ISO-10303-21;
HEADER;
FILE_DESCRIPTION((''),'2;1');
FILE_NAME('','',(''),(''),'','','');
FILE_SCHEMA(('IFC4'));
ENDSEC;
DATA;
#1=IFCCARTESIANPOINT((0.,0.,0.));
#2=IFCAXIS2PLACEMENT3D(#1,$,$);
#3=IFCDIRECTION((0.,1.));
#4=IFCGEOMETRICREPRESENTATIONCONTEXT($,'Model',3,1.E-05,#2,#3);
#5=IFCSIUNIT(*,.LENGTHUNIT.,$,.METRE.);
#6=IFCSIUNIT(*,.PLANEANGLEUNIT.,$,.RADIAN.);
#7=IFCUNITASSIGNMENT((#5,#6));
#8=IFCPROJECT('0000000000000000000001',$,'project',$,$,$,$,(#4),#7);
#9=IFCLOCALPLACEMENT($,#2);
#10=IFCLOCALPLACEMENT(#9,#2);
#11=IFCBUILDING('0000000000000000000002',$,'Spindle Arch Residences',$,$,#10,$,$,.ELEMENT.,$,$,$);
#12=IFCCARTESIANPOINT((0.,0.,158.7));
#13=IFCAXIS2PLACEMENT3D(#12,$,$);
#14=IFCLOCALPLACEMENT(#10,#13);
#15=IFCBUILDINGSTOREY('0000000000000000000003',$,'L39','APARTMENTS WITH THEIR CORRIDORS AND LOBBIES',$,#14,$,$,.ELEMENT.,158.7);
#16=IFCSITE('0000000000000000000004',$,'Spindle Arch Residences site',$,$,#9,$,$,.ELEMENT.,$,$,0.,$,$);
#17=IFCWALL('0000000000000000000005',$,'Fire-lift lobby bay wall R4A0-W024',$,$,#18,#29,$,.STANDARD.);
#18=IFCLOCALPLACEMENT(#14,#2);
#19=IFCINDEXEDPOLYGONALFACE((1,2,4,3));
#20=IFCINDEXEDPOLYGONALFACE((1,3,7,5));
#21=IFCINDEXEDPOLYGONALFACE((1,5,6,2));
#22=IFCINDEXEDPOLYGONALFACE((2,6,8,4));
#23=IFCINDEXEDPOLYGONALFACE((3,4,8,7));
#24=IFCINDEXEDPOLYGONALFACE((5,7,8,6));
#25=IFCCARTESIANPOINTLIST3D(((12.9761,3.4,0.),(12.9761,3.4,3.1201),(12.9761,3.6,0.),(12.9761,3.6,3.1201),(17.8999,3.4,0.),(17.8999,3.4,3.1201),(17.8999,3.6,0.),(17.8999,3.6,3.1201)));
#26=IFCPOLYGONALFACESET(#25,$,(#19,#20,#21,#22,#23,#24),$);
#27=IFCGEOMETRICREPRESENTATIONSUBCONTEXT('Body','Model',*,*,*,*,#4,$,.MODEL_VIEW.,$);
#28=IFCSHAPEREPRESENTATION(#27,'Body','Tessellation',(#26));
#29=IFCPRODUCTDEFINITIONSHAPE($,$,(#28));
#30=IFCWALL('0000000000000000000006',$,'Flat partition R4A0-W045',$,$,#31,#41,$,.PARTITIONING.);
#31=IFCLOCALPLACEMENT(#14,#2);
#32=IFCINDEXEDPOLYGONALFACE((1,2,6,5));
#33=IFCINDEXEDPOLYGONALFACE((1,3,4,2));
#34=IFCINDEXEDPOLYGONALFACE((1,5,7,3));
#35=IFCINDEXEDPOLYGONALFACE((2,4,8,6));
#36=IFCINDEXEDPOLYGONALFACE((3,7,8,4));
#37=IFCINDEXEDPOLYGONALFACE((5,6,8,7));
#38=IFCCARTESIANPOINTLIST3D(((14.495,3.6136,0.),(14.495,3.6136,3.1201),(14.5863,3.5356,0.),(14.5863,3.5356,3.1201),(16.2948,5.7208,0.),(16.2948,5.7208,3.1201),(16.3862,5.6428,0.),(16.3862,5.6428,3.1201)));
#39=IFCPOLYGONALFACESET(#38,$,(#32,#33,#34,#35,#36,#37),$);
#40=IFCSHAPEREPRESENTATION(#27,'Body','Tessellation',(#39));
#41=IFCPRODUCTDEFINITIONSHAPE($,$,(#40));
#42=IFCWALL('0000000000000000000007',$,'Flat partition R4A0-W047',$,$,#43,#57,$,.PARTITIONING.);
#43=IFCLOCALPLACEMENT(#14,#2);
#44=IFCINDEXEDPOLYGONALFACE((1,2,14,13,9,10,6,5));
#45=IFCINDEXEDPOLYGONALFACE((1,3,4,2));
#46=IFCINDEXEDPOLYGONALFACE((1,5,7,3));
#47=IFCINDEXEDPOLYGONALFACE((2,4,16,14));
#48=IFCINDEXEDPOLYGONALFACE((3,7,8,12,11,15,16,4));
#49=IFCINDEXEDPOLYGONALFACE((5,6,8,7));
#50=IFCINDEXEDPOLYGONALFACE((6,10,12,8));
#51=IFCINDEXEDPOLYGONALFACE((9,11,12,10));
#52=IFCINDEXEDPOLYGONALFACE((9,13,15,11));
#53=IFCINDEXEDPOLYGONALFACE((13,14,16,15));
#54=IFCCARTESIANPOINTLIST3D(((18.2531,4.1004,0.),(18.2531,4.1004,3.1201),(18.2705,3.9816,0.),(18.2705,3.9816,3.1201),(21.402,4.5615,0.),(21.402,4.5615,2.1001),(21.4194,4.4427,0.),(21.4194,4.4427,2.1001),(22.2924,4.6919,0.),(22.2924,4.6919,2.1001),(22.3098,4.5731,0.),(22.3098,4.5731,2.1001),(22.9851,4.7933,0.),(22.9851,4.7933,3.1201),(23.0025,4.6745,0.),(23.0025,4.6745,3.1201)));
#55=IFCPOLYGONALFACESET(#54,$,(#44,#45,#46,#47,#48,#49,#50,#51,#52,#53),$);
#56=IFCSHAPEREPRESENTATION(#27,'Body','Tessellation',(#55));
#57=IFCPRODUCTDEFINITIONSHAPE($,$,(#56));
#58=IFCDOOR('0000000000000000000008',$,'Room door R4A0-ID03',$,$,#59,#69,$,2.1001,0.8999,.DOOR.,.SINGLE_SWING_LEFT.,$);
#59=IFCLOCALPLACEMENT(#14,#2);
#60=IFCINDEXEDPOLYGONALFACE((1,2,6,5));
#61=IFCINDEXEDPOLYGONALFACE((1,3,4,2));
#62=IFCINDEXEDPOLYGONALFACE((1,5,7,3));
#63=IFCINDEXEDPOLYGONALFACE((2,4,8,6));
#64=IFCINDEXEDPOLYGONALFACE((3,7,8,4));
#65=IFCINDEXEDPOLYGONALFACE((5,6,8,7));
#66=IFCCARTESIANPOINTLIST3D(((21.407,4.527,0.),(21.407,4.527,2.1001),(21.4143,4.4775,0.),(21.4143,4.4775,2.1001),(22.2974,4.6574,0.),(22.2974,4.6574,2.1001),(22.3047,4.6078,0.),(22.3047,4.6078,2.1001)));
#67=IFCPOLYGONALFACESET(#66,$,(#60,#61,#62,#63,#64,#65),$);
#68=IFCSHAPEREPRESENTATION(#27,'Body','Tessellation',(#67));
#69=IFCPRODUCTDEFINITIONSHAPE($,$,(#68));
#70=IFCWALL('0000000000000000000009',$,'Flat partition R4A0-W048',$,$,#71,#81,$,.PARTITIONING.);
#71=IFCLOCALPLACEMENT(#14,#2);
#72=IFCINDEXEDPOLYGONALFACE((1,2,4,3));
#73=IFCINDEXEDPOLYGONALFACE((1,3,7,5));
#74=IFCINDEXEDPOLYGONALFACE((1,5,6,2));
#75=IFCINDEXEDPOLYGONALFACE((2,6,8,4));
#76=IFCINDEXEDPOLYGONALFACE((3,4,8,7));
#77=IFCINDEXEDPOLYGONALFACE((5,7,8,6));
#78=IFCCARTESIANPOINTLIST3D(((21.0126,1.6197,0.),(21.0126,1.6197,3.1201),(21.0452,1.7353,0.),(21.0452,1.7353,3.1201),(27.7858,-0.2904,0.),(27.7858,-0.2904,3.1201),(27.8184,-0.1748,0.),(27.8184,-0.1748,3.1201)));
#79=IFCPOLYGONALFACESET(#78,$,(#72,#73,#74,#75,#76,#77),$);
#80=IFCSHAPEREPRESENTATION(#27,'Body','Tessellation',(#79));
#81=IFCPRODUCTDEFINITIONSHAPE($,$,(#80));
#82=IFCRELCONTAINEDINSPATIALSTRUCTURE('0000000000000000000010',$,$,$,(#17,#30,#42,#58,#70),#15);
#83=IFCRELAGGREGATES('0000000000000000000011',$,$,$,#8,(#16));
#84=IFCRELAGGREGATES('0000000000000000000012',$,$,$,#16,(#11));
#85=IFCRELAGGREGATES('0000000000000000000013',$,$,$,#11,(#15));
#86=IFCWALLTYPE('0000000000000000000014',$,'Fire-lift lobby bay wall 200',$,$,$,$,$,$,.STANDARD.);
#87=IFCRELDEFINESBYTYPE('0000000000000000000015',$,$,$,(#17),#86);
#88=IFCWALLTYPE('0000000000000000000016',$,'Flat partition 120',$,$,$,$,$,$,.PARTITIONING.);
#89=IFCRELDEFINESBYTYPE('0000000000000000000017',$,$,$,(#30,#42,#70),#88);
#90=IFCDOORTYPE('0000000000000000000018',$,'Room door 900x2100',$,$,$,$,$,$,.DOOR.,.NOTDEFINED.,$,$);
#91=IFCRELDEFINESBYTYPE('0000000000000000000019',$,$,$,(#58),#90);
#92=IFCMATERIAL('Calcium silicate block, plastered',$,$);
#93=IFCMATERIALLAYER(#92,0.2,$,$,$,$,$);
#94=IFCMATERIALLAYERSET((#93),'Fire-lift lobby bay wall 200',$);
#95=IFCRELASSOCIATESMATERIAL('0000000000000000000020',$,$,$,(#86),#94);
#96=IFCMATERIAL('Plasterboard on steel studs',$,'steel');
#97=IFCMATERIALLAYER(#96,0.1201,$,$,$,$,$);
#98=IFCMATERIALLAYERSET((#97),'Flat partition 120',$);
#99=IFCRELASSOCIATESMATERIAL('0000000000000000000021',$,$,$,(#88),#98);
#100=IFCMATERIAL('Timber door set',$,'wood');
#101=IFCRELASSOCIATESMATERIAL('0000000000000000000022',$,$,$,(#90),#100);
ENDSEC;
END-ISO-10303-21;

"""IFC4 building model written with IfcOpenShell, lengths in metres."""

from ifc_helpers import new_model, si_unit, direction, frame, frame_2d, origin, place, context, subcontext, project, spatial, rectangle, extrude, material, layer, layer_set, type_object, element, fill, save


model = new_model("IFC4")

# Units and contexts
model_context = context("Model", 3, precision=1e-05, world=origin(), true_north=direction((0.0, 1.0)))
body_context = subcontext(model_context, "Body", "Model", "MODEL_VIEW")
ifc_project = project(units=[si_unit("LENGTHUNIT", "METRE"), si_unit("PLANEANGLEUNIT", "RADIAN")], contexts=[model_context])

# Site, building, storey
site_placement = place(None, origin())
site = spatial("IfcSite", under=ifc_project, at=site_placement, Name="Spindle Arch Residences site", CompositionType="ELEMENT", RefElevation=0.0)
building_placement = place(site_placement, origin())
building = spatial("IfcBuilding", under=site, at=building_placement, Name="Spindle Arch Residences", CompositionType="ELEMENT")
storey_placement = place(building_placement, frame((0.0, 0.0, 158.7)))
storey = spatial("IfcBuildingStorey", under=building, at=storey_placement, Name="L39", Description="APARTMENTS WITH THEIR CORRIDORS AND LOBBIES", CompositionType="ELEMENT", Elevation=158.7)

# Walls
ifc_material_1 = material(Name="Calcium silicate block, plastered")
ifc_layer_1 = layer(ifc_material_1, 0.2)
ifc_layer_set_1 = layer_set([ifc_layer_1], Name="Fire-lift lobby bay wall 200")
wall_type_1 = type_object("IfcWallType", Name="Fire-lift lobby bay wall 200", PredefinedType="STANDARD", material=ifc_layer_set_1)
wall_1_placement = place(storey_placement, frame((17.8999, 3.5, 0.0), z_axis=(0.0, 0.0, 1.0), x_axis=(-1.0, 0.0, 0.0)))
element("IfcWall", 1, at=wall_1_placement, inside=storey, type_object=wall_type_1, Name="Fire-lift lobby bay wall R4A0-W024", PredefinedType="STANDARD", context=body_context, shape_type="SweptSolid", body=[
    extrude(rectangle(XDim=4.9238, YDim=0.2, at=frame_2d((2.4619, 0.0))), origin(), (0.0, 0.0, 1.0), 3.1201),
])
ifc_material_2 = material(Name="Plasterboard on steel studs", Category="steel")
ifc_layer_2 = layer(ifc_material_2, 0.1201)
ifc_layer_set_2 = layer_set([ifc_layer_2], Name="Flat partition 120")
wall_type_2 = type_object("IfcWallType", Name="Flat partition 120", PredefinedType="PARTITIONING", material=ifc_layer_set_2)
wall_2_placement = place(storey_placement, frame((16.3406, 5.6819, 0.0), z_axis=(0.0, 0.0, 1.0), x_axis=(-0.64947, -0.760387, 0.0)))
element("IfcWall", 2, at=wall_2_placement, inside=storey, type_object=wall_type_2, Name="Flat partition R4A0-W045", PredefinedType="PARTITIONING", context=body_context, shape_type="SweptSolid", body=[
    extrude(rectangle(XDim=2.7712, YDim=0.1201, at=frame_2d((1.3857, 0.0))), origin(), (0.0, 0.0, 1.0), 3.1201),
])

# Wall, opening, door
wall_3_placement = place(storey_placement, frame((22.9937, 4.7339, 0.0), z_axis=(0.0, 0.0, 1.0), x_axis=(-0.989449, -0.14488, 0.0)))
wall_3 = element("IfcWall", 3, at=wall_3_placement, inside=storey, type_object=wall_type_2, Name="Flat partition R4A0-W047", PredefinedType="PARTITIONING", context=body_context, shape_type="SweptSolid", body=[
    extrude(rectangle(XDim=4.7825, YDim=0.1201, at=frame_2d((2.3911, 0.0))), origin(), (0.0, 0.0, 1.0), 3.1201),
])
opening_placement = place(wall_3_placement, frame((0.7, 0.0, 0.0)))
opening = element("IfcOpeningElement", 4, at=opening_placement, cuts=wall_3, PredefinedType="OPENING", context=body_context, shape_type="SweptSolid", body=[
    extrude(rectangle(XDim=0.8999, YDim=2.1001, at=frame_2d((0.45, 1.05))), frame((0.0, 0.0701, 0.0), z_axis=(0.0, -1.0, 0.0), x_axis=(1.0, 0.0, 0.0)), (0.0, 0.0, 1.0), 0.1401),
])
ifc_material_3 = material(Name="Timber door set", Category="wood")
door_type = type_object("IfcDoorType", Name="Room door 900x2100", OperationType="NOTDEFINED", PredefinedType="DOOR", material=ifc_material_3)
door_placement = place(opening_placement, origin())
door = element("IfcDoor", 5, at=door_placement, inside=storey, type_object=door_type, Name="Room door R4A0-ID03", OperationType="SINGLE_SWING_LEFT", OverallHeight=2.1001, OverallWidth=0.8999, PredefinedType="DOOR", context=body_context, shape_type="SweptSolid", body=[
    extrude(rectangle(XDim=0.8999, YDim=2.1001, at=frame_2d((0.45, 1.05))), frame((0.0, 0.0249, 0.0), z_axis=(0.0, -1.0, 0.0), x_axis=(1.0, 0.0, 0.0)), (0.0, 0.0, 1.0), 0.05),
])
fill(opening, door)

# Wall
wall_4_placement = place(storey_placement, frame((21.0291, 1.6775, 0.0), z_axis=(0.0, 0.0, 1.0), x_axis=(0.962458, -0.27143, 0.0)))
element("IfcWall", 6, at=wall_4_placement, inside=storey, type_object=wall_type_2, Name="Flat partition R4A0-W048", PredefinedType="PARTITIONING", context=body_context, shape_type="SweptSolid", body=[
    extrude(rectangle(XDim=7.0374, YDim=0.1201, at=frame_2d((3.5186, 0.0))), origin(), (0.0, 0.0, 1.0), 3.1201),
])

save(model, "model.ifc")
